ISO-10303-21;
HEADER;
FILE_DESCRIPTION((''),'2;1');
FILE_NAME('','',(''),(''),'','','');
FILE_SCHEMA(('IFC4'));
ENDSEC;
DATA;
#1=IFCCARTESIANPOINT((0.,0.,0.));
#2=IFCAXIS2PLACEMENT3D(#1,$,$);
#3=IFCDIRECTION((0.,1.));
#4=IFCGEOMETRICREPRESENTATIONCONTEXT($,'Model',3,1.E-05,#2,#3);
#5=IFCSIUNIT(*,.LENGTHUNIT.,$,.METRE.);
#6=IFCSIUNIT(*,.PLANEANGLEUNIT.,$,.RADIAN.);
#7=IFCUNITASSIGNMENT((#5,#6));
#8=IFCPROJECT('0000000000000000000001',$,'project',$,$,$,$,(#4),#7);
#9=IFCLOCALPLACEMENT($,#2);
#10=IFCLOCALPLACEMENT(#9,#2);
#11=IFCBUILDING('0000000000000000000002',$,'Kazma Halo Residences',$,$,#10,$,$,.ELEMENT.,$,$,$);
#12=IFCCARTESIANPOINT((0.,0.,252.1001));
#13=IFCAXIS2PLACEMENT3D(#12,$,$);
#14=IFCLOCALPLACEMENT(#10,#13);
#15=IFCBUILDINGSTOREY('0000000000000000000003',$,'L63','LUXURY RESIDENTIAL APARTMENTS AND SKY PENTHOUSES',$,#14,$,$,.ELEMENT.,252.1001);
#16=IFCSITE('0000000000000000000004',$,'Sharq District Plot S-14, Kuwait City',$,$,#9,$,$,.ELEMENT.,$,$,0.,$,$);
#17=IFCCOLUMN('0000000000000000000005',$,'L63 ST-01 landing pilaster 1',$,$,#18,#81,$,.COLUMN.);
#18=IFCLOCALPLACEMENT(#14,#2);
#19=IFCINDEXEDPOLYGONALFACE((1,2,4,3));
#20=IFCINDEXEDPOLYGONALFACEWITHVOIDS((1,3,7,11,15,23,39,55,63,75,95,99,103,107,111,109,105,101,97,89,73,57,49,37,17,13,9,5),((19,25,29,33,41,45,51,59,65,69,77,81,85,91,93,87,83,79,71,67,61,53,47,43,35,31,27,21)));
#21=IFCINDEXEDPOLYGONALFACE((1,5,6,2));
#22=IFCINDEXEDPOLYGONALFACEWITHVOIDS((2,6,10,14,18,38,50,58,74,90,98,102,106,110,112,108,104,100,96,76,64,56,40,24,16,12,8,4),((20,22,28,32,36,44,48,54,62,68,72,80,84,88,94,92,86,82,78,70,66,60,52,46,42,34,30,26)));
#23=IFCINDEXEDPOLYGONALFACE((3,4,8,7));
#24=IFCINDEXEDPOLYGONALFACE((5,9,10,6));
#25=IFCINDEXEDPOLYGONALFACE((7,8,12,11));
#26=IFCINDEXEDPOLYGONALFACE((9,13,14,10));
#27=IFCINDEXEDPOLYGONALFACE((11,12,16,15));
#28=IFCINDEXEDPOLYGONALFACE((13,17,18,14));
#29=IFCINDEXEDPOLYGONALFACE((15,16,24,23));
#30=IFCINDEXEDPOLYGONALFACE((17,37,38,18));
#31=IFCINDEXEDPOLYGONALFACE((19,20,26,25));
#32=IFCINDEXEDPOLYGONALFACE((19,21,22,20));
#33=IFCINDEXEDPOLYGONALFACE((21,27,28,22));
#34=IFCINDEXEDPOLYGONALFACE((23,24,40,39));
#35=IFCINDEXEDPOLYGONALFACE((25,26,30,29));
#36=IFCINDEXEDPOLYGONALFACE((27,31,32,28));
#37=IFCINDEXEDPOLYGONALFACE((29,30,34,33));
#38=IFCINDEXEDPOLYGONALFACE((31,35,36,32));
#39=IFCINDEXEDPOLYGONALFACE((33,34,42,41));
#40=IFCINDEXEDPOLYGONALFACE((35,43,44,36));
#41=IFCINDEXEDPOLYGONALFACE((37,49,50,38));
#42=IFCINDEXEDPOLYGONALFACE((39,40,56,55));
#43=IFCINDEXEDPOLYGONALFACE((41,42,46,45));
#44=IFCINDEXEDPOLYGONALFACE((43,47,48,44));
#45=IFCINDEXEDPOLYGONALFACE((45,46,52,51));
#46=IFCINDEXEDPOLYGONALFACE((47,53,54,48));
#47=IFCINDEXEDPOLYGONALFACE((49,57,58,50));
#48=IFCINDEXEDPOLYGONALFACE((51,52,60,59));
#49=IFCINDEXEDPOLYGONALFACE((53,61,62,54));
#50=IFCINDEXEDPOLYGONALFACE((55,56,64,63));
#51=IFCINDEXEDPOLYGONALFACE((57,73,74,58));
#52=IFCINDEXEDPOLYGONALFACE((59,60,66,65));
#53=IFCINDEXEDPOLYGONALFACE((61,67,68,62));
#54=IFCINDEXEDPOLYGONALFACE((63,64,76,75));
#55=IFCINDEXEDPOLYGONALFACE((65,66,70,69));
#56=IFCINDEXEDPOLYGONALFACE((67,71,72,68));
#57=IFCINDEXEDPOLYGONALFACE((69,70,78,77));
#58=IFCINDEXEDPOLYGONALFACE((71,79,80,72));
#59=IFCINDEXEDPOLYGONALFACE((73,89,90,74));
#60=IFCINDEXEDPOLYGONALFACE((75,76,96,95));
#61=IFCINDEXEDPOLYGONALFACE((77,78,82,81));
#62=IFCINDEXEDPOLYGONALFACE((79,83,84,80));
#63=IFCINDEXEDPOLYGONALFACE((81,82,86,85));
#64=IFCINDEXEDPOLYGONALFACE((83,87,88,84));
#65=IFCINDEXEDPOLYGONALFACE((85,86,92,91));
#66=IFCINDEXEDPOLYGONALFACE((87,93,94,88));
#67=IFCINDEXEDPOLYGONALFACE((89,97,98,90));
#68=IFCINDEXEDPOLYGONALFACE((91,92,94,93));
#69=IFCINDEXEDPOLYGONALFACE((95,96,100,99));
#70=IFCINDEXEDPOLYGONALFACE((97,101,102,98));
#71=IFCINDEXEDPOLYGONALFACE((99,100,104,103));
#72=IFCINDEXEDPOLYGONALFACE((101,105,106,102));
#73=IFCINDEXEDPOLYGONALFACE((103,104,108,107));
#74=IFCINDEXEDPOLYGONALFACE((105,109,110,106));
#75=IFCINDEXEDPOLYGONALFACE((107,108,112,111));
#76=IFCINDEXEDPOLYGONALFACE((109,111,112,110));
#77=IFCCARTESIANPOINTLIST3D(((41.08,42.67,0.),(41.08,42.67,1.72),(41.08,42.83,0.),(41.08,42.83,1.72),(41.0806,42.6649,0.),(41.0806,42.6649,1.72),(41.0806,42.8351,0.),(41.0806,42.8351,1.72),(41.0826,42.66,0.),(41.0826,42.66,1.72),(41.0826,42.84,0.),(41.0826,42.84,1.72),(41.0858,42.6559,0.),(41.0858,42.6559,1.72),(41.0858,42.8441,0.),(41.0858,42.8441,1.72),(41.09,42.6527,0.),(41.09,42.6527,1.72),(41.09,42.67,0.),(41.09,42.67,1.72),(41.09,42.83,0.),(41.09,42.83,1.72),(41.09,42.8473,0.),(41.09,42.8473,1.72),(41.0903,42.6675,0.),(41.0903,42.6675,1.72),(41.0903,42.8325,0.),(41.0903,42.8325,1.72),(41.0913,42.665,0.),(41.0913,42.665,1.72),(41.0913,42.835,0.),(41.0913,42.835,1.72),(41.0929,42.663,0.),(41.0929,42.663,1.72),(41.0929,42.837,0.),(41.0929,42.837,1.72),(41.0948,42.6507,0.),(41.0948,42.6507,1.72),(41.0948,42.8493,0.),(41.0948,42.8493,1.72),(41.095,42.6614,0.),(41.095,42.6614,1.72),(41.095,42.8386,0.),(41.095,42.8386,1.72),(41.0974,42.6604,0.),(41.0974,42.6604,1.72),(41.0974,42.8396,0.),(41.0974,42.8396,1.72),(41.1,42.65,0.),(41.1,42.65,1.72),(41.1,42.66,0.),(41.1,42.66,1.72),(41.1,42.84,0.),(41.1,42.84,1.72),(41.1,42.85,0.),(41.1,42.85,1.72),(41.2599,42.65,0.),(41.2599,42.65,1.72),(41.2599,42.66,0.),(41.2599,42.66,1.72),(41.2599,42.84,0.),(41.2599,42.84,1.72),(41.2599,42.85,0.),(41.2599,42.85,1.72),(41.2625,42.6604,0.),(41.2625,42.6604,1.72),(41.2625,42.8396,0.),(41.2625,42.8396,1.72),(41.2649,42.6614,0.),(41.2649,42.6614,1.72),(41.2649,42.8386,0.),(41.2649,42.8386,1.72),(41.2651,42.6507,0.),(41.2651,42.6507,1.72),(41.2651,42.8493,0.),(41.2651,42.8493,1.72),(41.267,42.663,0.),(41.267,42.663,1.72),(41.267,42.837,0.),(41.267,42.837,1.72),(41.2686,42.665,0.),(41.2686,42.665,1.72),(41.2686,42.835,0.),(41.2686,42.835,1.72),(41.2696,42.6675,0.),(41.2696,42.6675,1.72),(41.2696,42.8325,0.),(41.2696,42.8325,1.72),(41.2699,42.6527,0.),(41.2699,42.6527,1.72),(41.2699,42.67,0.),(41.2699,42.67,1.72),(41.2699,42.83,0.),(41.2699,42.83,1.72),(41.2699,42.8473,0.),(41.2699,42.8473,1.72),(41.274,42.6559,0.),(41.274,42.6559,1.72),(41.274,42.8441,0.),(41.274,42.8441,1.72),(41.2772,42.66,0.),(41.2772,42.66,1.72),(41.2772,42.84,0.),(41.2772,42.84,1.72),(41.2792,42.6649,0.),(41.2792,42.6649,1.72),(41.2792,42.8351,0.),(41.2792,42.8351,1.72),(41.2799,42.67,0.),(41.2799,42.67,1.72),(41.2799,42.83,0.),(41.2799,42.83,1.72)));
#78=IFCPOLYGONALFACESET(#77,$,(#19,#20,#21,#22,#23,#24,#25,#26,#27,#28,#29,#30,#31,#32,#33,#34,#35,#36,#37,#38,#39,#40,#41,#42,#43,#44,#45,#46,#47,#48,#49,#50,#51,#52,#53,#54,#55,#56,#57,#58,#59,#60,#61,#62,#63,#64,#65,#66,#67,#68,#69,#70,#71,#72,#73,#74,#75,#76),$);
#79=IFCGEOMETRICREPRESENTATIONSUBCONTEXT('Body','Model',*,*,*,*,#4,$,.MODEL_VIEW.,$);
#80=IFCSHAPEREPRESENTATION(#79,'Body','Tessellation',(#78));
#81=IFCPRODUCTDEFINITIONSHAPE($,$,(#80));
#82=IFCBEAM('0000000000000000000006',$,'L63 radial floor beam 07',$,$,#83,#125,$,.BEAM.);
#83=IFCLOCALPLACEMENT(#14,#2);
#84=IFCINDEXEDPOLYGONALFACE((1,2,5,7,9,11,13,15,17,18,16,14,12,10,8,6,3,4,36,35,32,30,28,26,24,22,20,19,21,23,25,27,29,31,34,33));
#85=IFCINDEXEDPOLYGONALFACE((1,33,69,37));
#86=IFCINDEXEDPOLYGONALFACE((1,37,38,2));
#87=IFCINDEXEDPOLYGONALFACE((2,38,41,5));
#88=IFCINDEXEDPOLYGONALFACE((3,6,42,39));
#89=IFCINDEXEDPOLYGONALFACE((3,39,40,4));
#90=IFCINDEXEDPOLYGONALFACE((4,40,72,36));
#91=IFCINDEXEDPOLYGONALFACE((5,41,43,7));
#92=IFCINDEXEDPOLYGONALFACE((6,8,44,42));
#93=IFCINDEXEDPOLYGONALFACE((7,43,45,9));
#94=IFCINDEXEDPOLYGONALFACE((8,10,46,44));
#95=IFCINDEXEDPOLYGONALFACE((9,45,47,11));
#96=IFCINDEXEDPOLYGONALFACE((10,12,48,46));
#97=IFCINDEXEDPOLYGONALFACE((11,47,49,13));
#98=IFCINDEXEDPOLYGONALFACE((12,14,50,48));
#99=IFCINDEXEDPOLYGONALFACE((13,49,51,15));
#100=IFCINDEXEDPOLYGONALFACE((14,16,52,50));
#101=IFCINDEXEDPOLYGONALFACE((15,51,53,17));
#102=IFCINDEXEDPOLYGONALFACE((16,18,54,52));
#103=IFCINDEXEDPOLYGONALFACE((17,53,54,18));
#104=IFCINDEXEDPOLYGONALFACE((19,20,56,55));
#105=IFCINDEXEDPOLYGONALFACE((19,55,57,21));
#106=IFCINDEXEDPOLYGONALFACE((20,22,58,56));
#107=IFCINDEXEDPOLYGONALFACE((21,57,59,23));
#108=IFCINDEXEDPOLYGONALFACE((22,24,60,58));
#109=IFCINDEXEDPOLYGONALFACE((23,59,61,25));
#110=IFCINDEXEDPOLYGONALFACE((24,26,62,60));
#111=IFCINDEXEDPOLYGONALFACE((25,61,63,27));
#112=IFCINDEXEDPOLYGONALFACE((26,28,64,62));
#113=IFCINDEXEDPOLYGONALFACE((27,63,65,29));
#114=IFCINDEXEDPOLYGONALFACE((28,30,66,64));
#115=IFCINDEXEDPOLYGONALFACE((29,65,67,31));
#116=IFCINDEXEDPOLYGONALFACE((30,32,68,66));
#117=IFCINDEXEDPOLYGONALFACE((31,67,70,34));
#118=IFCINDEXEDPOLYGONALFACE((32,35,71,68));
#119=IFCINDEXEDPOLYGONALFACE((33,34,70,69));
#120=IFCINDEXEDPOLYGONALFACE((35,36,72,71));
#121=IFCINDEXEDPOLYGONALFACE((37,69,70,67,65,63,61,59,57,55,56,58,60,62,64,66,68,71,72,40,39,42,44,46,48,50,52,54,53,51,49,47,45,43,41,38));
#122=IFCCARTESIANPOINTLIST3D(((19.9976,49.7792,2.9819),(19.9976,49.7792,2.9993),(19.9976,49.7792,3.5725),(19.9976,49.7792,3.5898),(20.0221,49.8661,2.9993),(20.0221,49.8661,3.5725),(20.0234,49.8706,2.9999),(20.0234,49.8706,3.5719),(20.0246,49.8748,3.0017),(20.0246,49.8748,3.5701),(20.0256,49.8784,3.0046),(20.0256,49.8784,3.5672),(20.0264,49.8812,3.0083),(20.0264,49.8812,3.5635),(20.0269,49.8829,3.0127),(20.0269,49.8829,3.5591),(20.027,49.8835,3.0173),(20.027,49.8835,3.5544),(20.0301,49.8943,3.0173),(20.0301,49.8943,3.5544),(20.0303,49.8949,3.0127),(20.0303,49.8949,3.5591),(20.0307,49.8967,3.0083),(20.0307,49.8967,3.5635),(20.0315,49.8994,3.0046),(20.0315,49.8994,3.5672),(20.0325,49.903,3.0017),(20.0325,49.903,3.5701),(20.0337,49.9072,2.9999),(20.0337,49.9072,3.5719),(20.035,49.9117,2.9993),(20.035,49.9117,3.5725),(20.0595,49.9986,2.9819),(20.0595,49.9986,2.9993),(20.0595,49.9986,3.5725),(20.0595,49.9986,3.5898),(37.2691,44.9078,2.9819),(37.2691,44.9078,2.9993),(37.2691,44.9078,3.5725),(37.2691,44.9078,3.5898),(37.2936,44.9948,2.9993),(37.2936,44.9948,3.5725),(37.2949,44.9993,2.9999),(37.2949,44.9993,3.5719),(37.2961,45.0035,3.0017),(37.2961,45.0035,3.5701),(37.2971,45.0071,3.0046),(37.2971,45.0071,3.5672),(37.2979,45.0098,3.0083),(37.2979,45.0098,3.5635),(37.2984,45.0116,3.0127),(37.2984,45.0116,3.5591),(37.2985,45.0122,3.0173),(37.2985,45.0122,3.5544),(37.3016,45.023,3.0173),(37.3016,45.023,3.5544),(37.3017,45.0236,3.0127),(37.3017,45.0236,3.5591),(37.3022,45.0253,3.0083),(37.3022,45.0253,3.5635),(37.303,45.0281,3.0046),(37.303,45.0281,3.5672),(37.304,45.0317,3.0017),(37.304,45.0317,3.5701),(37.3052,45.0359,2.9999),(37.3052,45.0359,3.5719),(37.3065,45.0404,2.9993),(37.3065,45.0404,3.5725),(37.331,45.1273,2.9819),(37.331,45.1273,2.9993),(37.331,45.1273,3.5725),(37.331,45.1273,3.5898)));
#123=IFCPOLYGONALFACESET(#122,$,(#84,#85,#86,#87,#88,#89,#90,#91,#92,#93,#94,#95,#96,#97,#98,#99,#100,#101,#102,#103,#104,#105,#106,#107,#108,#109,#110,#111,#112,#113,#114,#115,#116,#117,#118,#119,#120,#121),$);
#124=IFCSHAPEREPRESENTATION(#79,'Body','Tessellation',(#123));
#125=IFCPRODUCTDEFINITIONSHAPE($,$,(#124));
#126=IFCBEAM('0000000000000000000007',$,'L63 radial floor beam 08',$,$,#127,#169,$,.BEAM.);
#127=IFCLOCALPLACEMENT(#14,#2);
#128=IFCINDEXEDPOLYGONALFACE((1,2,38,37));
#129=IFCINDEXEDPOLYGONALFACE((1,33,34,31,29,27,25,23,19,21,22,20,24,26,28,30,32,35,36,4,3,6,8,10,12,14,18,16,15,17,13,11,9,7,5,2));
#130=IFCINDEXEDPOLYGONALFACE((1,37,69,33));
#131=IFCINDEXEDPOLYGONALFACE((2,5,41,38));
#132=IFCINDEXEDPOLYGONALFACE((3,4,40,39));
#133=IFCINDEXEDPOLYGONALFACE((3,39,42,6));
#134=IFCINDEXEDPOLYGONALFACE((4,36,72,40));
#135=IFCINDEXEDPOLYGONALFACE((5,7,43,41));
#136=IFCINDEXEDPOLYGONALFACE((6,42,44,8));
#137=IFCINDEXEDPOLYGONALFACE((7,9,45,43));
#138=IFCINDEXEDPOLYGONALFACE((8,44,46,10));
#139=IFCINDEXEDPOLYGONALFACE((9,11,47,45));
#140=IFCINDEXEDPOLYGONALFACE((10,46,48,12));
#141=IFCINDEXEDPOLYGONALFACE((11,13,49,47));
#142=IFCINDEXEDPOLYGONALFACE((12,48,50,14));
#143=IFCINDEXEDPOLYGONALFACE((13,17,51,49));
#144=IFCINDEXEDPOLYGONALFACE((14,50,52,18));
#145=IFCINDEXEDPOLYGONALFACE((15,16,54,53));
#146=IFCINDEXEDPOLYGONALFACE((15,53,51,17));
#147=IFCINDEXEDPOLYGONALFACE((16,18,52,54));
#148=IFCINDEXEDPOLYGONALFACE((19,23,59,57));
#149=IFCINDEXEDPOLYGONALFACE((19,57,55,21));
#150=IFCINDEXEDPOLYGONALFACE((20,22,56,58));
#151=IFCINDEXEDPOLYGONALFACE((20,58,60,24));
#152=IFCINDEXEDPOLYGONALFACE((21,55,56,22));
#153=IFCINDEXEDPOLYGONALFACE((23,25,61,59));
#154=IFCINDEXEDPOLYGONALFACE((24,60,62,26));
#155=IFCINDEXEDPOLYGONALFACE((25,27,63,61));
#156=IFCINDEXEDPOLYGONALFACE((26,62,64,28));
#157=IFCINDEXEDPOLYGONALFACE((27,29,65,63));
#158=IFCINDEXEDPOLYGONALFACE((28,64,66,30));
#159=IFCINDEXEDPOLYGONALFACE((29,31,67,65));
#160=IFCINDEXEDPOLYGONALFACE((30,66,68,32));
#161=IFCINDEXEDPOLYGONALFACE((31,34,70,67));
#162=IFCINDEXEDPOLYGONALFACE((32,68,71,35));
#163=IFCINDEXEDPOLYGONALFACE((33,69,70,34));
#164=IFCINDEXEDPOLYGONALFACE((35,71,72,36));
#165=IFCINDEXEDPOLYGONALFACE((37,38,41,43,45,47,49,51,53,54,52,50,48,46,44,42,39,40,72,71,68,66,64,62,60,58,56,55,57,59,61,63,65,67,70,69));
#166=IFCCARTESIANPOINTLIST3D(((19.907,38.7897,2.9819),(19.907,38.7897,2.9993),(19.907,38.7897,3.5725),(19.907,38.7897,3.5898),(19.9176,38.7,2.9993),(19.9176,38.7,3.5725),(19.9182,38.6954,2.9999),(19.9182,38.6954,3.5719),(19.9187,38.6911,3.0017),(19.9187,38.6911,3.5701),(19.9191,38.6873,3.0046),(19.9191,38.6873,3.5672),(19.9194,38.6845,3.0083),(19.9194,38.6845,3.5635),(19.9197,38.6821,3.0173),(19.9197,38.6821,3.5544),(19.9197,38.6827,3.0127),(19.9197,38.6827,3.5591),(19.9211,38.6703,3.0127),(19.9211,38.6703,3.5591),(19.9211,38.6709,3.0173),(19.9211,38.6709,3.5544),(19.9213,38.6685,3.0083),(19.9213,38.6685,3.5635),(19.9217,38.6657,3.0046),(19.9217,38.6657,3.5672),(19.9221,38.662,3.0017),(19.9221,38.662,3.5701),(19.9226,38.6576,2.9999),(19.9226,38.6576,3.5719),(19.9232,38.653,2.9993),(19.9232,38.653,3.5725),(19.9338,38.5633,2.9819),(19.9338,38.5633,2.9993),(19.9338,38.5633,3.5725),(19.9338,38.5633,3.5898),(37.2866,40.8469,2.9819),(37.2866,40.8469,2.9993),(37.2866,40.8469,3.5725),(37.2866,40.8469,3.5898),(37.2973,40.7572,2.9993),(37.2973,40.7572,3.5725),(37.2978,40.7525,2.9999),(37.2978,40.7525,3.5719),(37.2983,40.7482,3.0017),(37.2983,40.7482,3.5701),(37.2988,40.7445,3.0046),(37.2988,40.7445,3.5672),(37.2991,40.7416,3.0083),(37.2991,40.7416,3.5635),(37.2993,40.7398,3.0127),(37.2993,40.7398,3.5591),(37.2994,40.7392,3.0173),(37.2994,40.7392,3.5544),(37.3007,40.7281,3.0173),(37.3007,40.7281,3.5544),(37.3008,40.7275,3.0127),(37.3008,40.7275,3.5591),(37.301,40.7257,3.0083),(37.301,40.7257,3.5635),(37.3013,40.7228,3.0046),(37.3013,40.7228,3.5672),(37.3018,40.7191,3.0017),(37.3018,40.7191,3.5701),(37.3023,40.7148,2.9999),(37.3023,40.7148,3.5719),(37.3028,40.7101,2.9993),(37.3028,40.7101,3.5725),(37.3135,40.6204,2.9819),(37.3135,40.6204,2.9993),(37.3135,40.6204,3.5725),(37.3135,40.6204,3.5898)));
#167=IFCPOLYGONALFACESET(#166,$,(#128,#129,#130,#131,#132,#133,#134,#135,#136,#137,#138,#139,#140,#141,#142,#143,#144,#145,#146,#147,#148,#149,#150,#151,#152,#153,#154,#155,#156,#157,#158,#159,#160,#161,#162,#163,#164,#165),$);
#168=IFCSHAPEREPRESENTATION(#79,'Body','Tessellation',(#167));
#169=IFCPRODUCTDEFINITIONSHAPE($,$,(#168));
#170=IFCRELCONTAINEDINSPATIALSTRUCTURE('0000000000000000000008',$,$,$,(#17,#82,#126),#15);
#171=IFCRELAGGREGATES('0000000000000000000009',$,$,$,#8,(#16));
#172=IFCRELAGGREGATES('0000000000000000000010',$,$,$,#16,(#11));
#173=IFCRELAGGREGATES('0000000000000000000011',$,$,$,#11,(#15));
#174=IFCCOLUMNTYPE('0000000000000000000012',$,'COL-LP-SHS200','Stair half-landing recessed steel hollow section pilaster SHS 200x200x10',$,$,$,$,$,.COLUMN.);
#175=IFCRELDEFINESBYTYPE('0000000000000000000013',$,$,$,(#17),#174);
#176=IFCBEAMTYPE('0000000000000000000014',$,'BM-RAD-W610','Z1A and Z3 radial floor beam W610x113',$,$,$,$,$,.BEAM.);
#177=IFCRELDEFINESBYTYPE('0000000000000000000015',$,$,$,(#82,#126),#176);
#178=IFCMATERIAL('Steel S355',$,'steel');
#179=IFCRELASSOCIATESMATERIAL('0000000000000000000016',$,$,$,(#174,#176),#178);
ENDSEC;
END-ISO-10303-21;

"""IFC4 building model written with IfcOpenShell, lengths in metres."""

from ifc_helpers import new_model, si_unit, direction, frame, origin, origin_2d, place, context, subcontext, project, spatial, hollow_rectangle, i_section, extrude, material, material_profile, profile_set, type_object, element, save


model = new_model("IFC4")

# Units and contexts
model_context = context("Model", 3, precision=1e-05, world=origin(), true_north=direction((0.0, 1.0)))
body_context = subcontext(model_context, "Body", "Model", "MODEL_VIEW")
ifc_project = project(units=[si_unit("LENGTHUNIT", "METRE"), si_unit("PLANEANGLEUNIT", "RADIAN")], contexts=[model_context])

# Site, building, storey
site_placement = place(None, origin())
site = spatial("IfcSite", under=ifc_project, at=site_placement, Name="Sharq District Plot S-14, Kuwait City", CompositionType="ELEMENT", RefElevation=0.0)
building_placement = place(site_placement, origin())
building = spatial("IfcBuilding", under=site, at=building_placement, Name="Kazma Halo Residences", CompositionType="ELEMENT")
storey_placement = place(building_placement, frame((0.0, 0.0, 252.1001)))
storey = spatial("IfcBuildingStorey", under=building, at=storey_placement, Name="L63", Description="LUXURY RESIDENTIAL APARTMENTS AND SKY PENTHOUSES", CompositionType="ELEMENT", Elevation=252.1001)

# Column
ifc_material_1 = material(Name="Steel S355", Category="steel")
ifc_material_profile_1 = material_profile(ifc_material_1, hollow_rectangle(XDim=0.2, YDim=0.2, WallThickness=0.01, InnerFilletRadius=0.01, OuterFilletRadius=0.02, at=origin_2d()), Name="SHS200x200x10")
ifc_profile_set_1 = profile_set([ifc_material_profile_1], Name="Steel S355")
column_type = type_object("IfcColumnType", Name="COL-LP-SHS200", Description="Stair half-landing recessed steel hollow section pilaster SHS 200x200x10", PredefinedType="COLUMN", material=ifc_profile_set_1)
column_placement = place(storey_placement, frame((41.1799, 42.75, 0.0), z_axis=(0.0, 0.0, 1.0), x_axis=(1.0, 0.0, 0.0)))
element("IfcColumn", 1, at=column_placement, inside=storey, type_object=column_type, Name="L63 ST-01 landing pilaster 1", PredefinedType="COLUMN", context=body_context, shape_type="SweptSolid", body=[
    extrude(hollow_rectangle(XDim=0.2, YDim=0.2, WallThickness=0.01, InnerFilletRadius=0.01, OuterFilletRadius=0.02, at=origin_2d()), origin(), (0.0, 0.0, 1.0), 1.72),
])

# Beams
ifc_material_profile_2 = material_profile(ifc_material_1, i_section(OverallWidth=0.228, OverallDepth=0.6079, WebThickness=0.0112, FlangeThickness=0.0173, FilletRadius=0.0181, at=origin_2d()), Name="W610x113")
ifc_profile_set_2 = profile_set([ifc_material_profile_2], Name="Steel S355")
beam_type_1 = type_object("IfcBeamType", Name="BM-RAD-W610", Description="Z1A and Z3 radial floor beam W610x113", PredefinedType="BEAM", material=ifc_profile_set_2)
beam_1_placement = place(storey_placement, frame((37.3, 45.0176, 3.2859), z_axis=(-0.962451, 0.271455, 0.0), x_axis=(-0.271455, -0.962451, 0.0)))
element("IfcBeam", 2, at=beam_1_placement, inside=storey, type_object=beam_type_1, Name="L63 radial floor beam 07", PredefinedType="BEAM", context=body_context, shape_type="SweptSolid", body=[
    extrude(i_section(OverallWidth=0.228, OverallDepth=0.6079, WebThickness=0.0112, FlangeThickness=0.0173, FilletRadius=0.0181, at=origin_2d()), origin(), (0.0, 0.0, 1.0), 17.9453),
])
beam_2_placement = place(storey_placement, frame((37.3, 40.7336, 3.2859), z_axis=(-0.993068, -0.117544, 0.0), x_axis=(0.117544, -0.993068, 0.0)))
element("IfcBeam", 3, at=beam_2_placement, inside=storey, type_object=beam_type_1, Name="L63 radial floor beam 08", PredefinedType="BEAM", context=body_context, shape_type="SweptSolid", body=[
    extrude(i_section(OverallWidth=0.228, OverallDepth=0.6079, WebThickness=0.0112, FlangeThickness=0.0173, FilletRadius=0.0181, at=origin_2d()), origin(), (0.0, 0.0, 1.0), 17.501),
])

save(model, "model.ifc")
